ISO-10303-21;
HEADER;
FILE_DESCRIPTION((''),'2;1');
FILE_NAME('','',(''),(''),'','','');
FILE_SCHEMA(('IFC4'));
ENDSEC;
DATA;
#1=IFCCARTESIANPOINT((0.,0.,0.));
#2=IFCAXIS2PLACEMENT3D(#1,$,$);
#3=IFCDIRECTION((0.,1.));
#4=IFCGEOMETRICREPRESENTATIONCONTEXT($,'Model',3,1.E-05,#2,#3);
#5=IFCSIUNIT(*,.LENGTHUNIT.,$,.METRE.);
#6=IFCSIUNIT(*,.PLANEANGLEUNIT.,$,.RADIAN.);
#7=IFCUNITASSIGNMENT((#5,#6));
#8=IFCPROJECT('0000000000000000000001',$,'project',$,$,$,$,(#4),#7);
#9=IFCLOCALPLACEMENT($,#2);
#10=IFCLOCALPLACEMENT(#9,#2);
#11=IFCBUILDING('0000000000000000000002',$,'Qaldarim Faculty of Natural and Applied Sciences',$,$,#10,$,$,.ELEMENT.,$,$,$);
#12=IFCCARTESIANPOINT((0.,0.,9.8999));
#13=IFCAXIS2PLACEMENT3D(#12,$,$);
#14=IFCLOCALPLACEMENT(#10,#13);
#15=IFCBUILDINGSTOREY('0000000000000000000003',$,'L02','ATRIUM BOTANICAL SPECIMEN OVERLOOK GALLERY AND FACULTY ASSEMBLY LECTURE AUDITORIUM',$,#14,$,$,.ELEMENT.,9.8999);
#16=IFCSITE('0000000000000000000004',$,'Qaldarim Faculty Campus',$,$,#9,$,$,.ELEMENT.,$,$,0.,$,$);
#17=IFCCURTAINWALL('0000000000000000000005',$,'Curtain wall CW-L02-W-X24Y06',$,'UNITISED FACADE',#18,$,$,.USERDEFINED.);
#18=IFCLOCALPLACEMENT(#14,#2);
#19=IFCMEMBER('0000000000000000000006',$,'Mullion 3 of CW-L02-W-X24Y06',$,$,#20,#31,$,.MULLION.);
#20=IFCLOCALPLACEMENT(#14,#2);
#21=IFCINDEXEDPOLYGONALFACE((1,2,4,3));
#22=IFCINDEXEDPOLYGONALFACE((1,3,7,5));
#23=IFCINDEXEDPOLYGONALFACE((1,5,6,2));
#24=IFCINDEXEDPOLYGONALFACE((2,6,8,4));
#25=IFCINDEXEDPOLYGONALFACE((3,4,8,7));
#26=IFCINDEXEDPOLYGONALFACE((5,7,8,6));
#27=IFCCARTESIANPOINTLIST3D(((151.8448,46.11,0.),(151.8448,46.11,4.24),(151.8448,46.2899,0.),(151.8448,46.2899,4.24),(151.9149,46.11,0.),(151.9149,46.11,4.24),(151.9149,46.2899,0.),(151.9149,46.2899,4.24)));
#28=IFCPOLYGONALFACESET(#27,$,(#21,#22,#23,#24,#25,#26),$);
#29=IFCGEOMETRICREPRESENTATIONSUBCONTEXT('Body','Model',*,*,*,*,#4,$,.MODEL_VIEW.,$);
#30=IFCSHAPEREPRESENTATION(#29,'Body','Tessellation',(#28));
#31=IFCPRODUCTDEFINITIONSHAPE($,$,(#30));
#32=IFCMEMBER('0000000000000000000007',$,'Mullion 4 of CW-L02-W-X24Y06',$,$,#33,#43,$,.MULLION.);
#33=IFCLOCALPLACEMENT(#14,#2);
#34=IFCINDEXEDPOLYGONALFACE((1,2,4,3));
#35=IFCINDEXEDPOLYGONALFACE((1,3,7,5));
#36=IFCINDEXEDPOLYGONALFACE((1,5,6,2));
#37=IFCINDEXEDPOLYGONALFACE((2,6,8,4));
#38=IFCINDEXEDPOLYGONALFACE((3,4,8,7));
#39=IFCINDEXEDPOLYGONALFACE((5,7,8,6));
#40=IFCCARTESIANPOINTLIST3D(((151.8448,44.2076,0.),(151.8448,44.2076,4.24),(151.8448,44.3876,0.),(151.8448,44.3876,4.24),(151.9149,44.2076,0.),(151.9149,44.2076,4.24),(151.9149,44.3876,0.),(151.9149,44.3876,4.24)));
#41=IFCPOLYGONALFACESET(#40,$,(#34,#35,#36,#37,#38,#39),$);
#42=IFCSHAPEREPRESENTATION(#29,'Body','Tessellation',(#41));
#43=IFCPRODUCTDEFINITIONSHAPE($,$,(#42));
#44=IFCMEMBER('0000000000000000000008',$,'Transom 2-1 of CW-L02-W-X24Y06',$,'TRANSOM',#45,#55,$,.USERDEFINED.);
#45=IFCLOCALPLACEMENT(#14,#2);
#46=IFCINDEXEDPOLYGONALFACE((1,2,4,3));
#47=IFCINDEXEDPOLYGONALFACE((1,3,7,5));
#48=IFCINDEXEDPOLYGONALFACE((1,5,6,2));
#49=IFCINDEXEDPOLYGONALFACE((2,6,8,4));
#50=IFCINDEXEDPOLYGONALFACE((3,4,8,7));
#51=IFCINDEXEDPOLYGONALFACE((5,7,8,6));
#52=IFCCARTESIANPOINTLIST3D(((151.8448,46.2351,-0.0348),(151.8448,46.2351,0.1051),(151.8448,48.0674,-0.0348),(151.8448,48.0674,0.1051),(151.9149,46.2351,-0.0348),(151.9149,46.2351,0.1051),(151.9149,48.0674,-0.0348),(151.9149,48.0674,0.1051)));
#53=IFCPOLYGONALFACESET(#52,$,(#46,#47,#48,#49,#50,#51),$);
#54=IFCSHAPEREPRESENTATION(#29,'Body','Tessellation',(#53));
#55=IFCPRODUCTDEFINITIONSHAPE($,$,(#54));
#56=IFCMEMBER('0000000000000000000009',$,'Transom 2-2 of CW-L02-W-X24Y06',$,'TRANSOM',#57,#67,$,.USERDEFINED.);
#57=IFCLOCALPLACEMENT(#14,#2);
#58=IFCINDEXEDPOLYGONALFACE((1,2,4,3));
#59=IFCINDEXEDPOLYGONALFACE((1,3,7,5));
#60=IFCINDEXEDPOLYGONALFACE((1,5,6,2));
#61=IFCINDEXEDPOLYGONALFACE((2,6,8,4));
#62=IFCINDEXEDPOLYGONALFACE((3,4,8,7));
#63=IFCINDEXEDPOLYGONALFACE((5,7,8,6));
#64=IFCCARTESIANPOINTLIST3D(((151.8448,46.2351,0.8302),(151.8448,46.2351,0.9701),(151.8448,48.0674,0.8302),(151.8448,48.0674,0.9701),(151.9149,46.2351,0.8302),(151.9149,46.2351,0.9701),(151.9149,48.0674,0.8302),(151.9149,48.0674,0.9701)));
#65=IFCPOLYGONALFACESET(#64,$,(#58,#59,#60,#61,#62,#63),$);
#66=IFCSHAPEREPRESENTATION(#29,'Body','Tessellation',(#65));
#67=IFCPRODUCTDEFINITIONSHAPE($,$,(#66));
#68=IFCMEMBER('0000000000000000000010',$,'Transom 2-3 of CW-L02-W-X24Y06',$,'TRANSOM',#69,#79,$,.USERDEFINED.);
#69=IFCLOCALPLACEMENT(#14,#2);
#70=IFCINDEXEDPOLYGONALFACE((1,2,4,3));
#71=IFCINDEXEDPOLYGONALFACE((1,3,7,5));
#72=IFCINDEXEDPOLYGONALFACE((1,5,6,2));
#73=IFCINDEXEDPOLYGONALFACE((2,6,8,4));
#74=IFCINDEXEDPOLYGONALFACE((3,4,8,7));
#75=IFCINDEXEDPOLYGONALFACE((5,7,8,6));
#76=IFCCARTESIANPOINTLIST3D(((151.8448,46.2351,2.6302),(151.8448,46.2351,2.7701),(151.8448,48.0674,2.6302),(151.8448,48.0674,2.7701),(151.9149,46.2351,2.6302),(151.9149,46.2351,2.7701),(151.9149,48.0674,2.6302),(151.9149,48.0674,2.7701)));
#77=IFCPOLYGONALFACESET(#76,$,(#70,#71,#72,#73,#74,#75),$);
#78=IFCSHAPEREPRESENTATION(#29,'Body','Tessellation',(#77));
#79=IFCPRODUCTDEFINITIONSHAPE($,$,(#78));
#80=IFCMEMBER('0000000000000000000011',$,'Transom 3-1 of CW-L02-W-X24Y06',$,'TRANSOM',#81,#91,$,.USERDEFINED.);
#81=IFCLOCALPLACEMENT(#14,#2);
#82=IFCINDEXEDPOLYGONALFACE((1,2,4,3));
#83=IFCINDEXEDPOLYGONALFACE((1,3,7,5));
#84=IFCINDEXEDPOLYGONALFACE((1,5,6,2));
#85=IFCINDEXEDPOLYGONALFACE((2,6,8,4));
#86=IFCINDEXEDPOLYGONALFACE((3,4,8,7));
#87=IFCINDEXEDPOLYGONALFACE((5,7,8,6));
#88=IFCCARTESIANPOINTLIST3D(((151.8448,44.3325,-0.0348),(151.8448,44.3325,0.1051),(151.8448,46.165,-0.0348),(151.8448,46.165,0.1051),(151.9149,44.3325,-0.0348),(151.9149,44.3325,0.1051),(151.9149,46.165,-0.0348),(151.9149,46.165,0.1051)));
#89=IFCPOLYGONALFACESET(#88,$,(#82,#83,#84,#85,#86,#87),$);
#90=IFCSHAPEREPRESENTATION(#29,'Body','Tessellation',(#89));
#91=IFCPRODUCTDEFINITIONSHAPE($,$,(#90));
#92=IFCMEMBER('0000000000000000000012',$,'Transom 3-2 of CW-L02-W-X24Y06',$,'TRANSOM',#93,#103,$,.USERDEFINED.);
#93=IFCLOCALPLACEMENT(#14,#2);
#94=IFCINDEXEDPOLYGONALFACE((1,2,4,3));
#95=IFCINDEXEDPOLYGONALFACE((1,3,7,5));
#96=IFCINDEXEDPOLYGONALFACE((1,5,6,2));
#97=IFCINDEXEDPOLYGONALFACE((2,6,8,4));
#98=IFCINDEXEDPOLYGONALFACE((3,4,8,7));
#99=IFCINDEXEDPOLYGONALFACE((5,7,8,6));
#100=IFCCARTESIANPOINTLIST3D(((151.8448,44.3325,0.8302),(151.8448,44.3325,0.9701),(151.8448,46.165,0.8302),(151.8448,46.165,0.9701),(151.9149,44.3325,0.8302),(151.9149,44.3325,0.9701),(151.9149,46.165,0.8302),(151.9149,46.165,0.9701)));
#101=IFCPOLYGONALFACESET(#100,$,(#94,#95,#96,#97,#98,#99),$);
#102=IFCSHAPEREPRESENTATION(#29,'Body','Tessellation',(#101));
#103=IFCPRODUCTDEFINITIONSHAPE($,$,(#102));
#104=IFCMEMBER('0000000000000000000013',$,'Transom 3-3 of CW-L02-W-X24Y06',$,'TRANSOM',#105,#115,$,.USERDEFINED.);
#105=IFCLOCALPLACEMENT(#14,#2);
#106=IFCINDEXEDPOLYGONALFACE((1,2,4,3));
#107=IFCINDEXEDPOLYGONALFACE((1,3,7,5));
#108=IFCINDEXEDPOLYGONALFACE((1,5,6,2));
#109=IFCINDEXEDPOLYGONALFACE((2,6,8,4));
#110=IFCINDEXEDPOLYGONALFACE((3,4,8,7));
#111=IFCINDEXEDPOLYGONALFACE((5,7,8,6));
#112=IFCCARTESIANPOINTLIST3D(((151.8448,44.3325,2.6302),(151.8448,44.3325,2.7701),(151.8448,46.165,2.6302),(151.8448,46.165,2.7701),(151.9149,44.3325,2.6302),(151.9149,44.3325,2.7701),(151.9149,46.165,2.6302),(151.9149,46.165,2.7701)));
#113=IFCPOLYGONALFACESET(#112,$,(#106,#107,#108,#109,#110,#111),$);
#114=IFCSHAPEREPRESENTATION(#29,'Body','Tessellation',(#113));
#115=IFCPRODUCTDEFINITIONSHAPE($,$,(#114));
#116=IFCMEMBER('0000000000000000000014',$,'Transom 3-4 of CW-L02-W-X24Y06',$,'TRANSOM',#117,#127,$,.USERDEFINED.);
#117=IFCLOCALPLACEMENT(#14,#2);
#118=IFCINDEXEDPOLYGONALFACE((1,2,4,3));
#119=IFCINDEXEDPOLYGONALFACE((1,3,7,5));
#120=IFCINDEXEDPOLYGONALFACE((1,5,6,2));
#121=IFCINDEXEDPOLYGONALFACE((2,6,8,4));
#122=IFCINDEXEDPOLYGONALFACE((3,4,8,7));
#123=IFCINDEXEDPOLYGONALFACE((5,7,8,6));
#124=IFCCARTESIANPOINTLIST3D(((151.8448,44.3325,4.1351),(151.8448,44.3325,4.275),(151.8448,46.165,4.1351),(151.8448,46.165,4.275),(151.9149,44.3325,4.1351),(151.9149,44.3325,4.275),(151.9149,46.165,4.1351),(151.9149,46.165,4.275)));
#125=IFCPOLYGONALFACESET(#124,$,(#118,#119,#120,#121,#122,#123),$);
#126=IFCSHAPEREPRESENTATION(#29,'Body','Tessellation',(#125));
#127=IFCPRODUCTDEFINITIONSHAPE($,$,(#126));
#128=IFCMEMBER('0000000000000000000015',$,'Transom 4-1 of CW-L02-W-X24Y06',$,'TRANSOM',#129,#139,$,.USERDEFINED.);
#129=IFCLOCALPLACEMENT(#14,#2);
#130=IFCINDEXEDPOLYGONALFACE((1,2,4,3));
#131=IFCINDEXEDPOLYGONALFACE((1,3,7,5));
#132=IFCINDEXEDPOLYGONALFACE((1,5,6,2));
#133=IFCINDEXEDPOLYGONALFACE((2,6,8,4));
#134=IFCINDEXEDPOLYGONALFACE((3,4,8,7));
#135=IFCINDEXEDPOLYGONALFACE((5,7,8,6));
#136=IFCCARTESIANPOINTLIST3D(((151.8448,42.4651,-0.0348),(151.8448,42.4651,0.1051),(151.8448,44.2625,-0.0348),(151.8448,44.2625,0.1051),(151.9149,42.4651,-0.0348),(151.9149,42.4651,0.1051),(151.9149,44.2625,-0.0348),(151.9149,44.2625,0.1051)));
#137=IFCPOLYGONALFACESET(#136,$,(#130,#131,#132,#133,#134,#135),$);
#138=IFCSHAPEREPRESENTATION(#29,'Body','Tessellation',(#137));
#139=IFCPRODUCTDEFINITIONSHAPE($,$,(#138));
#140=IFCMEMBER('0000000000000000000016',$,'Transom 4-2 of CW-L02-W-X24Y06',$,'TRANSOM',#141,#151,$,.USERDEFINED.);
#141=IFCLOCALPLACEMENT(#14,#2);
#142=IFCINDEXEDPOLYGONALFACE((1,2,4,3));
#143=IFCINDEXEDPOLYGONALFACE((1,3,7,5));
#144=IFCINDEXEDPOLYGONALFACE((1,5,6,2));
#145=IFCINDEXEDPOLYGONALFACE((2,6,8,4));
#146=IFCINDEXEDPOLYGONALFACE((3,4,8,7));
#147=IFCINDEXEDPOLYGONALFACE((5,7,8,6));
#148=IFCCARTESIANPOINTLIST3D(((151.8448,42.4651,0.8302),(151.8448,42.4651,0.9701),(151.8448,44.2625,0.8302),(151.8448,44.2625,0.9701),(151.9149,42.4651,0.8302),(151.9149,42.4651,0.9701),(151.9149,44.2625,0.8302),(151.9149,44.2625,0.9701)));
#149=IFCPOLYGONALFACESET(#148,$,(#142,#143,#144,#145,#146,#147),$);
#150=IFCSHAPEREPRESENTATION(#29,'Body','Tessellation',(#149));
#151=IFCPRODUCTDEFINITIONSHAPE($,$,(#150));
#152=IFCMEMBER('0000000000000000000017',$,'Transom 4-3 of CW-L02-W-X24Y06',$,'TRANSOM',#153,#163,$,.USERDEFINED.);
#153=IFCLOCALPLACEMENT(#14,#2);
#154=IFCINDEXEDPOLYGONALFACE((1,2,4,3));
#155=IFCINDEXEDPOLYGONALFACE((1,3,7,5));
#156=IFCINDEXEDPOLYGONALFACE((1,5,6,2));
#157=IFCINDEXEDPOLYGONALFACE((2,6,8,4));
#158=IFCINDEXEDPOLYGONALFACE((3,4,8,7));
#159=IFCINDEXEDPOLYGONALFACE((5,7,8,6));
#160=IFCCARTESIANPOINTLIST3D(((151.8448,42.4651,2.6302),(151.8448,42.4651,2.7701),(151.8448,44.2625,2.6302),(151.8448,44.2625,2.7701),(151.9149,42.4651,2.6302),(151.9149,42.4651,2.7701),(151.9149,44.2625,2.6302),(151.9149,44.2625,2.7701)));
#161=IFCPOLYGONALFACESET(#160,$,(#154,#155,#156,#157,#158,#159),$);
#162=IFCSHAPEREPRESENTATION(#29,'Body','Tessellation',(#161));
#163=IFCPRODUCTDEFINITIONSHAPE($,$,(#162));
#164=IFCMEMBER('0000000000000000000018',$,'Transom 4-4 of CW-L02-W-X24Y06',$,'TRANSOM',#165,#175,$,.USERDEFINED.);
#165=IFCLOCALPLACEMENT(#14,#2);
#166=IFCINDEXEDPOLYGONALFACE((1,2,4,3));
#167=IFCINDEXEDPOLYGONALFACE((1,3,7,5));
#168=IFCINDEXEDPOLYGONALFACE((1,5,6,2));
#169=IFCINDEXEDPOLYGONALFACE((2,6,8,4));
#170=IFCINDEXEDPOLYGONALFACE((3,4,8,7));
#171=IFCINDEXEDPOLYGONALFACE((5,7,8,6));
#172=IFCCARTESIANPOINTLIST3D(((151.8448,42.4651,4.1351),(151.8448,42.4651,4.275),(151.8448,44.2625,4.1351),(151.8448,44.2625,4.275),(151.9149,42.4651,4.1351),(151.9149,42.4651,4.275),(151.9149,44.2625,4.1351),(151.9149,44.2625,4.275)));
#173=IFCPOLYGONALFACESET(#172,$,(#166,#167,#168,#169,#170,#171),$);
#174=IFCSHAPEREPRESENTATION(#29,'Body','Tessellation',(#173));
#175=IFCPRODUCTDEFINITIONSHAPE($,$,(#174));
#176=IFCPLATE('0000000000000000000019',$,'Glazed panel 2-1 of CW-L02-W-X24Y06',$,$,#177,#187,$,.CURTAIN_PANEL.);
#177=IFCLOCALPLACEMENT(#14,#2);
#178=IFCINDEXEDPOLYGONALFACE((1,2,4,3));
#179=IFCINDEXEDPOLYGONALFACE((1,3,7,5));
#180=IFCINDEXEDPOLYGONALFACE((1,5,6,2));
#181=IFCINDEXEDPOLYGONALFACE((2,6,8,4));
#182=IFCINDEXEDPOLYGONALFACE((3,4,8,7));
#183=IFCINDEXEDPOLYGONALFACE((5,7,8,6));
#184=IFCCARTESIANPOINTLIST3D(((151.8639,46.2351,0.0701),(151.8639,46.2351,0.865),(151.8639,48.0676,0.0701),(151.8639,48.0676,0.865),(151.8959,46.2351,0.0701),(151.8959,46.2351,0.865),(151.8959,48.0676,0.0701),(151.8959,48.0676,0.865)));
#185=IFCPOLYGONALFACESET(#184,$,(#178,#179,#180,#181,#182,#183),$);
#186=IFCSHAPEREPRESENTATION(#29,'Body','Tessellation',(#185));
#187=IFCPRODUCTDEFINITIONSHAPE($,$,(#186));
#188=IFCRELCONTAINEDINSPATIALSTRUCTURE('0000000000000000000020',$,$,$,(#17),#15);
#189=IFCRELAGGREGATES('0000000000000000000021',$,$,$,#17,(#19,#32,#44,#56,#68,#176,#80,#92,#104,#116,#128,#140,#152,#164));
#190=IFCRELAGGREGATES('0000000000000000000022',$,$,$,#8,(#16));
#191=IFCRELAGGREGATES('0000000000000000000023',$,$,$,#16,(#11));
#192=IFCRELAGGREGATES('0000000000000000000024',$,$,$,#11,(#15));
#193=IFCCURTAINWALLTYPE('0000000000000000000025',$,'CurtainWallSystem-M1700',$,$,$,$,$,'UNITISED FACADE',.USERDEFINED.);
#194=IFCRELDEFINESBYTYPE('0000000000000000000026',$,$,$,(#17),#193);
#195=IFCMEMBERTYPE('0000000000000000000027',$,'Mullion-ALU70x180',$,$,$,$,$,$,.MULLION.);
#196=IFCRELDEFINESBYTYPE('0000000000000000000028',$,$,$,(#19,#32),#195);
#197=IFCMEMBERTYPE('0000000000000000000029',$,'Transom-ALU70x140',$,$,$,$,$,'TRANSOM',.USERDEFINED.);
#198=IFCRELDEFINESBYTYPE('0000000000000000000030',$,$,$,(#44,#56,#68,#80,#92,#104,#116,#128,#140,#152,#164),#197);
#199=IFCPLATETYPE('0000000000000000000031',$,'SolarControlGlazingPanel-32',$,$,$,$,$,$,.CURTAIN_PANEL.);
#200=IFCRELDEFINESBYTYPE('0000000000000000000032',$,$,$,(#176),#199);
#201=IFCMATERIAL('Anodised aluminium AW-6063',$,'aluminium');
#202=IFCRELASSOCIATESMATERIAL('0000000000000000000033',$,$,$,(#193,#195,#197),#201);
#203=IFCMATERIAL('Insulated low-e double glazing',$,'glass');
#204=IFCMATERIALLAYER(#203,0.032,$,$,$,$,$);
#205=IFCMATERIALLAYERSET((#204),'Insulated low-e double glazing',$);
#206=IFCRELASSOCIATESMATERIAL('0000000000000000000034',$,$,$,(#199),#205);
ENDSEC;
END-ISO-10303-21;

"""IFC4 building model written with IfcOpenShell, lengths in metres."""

from ifc_helpers import new_model, si_unit, direction, frame, origin, origin_2d, place, context, subcontext, project, spatial, rectangle, extrude, material, layer, layer_set, material_profile, profile_set, type_object, element, aggregate, save


model = new_model("IFC4")

# Units and contexts
model_context = context("Model", 3, precision=1e-05, world=origin(), true_north=direction((0.0, 1.0)))
body_context = subcontext(model_context, "Body", "Model", "MODEL_VIEW")
ifc_project = project(units=[si_unit("LENGTHUNIT", "METRE"), si_unit("PLANEANGLEUNIT", "RADIAN")], contexts=[model_context])

# Site, building, storey
site_placement = place(None, origin())
site = spatial("IfcSite", under=ifc_project, at=site_placement, Name="Qaldarim Faculty Campus", CompositionType="ELEMENT", RefElevation=0.0)
building_placement = place(site_placement, origin())
building = spatial("IfcBuilding", under=site, at=building_placement, Name="Qaldarim Faculty of Natural and Applied Sciences", CompositionType="ELEMENT")
storey_placement = place(building_placement, frame((0.0, 0.0, 9.8999)))
storey = spatial("IfcBuildingStorey", under=building, at=storey_placement, Name="L02", Description="ATRIUM BOTANICAL SPECIMEN OVERLOOK GALLERY AND FACULTY ASSEMBLY LECTURE AUDITORIUM", CompositionType="ELEMENT", Elevation=9.8999)

# Curtain wall, members, plate
ifc_material_1 = material(Name="Anodised aluminium AW-6063", Category="aluminium")
curtain_wall_type = type_object("IfcCurtainWallType", Name="CurtainWallSystem-M1700", ElementType="UNITISED FACADE", PredefinedType="USERDEFINED", material=ifc_material_1)
curtain_wall_placement = place(storey_placement, origin())
curtain_wall = element("IfcCurtainWall", 1, at=curtain_wall_placement, inside=storey, type_object=curtain_wall_type, Name="Curtain wall CW-L02-W-X24Y06", ObjectType="UNITISED FACADE", PredefinedType="USERDEFINED")
ifc_material_profile_1 = material_profile(ifc_material_1, rectangle(XDim=0.0701, YDim=0.1799, at=origin_2d()), Name="ALU-M70x180")
ifc_profile_set_1 = profile_set([ifc_material_profile_1], Name="Anodised aluminium AW-6063")
member_type_1 = type_object("IfcMemberType", Name="Mullion-ALU70x180", PredefinedType="MULLION", material=ifc_profile_set_1)
member_1_placement = place(storey_placement, frame((151.8799, 46.2, 0.0), z_axis=(0.0, 0.0, 1.0), x_axis=(1.0, 0.0, 0.0)))
member_1 = element("IfcMember", 2, at=member_1_placement, type_object=member_type_1, Name="Mullion 3 of CW-L02-W-X24Y06", PredefinedType="MULLION", context=body_context, shape_type="SweptSolid", body=[
    extrude(rectangle(XDim=0.0701, YDim=0.1799, at=origin_2d()), origin(), (0.0, 0.0, 1.0), 4.24),
])
member_2_placement = place(storey_placement, frame((151.8799, 44.2976, 0.0), z_axis=(0.0, 0.0, 1.0), x_axis=(1.0, 0.0, 0.0)))
member_2 = element("IfcMember", 3, at=member_2_placement, type_object=member_type_1, Name="Mullion 4 of CW-L02-W-X24Y06", PredefinedType="MULLION", context=body_context, shape_type="SweptSolid", body=[
    extrude(rectangle(XDim=0.0701, YDim=0.1799, at=origin_2d()), origin(), (0.0, 0.0, 1.0), 4.24),
])
ifc_material_profile_2 = material_profile(ifc_material_1, rectangle(XDim=0.0701, YDim=0.1399, at=origin_2d()), Name="ALU-T70x140")
ifc_profile_set_2 = profile_set([ifc_material_profile_2], Name="Anodised aluminium AW-6063")
member_type_2 = type_object("IfcMemberType", Name="Transom-ALU70x140", ElementType="TRANSOM", PredefinedType="USERDEFINED", material=ifc_profile_set_2)
member_3_placement = place(storey_placement, frame((151.8799, 48.0674, 0.0352), z_axis=(0.0, -1.0, 0.0), x_axis=(1.0, 0.0, 0.0)))
member_3 = element("IfcMember", 4, at=member_3_placement, type_object=member_type_2, Name="Transom 2-1 of CW-L02-W-X24Y06", ObjectType="TRANSOM", PredefinedType="USERDEFINED", context=body_context, shape_type="SweptSolid", body=[
    extrude(rectangle(XDim=0.0701, YDim=0.1399, at=origin_2d()), origin(), (0.0, 0.0, 1.0), 1.8323),
])
member_4_placement = place(storey_placement, frame((151.8799, 48.0674, 0.9001), z_axis=(0.0, -1.0, 0.0), x_axis=(1.0, 0.0, 0.0)))
member_4 = element("IfcMember", 5, at=member_4_placement, type_object=member_type_2, Name="Transom 2-2 of CW-L02-W-X24Y06", ObjectType="TRANSOM", PredefinedType="USERDEFINED", context=body_context, shape_type="SweptSolid", body=[
    extrude(rectangle(XDim=0.0701, YDim=0.1399, at=origin_2d()), origin(), (0.0, 0.0, 1.0), 1.8323),
])
member_5_placement = place(storey_placement, frame((151.8799, 48.0674, 2.7002), z_axis=(0.0, -1.0, 0.0), x_axis=(1.0, 0.0, 0.0)))
member_5 = element("IfcMember", 6, at=member_5_placement, type_object=member_type_2, Name="Transom 2-3 of CW-L02-W-X24Y06", ObjectType="TRANSOM", PredefinedType="USERDEFINED", context=body_context, shape_type="SweptSolid", body=[
    extrude(rectangle(XDim=0.0701, YDim=0.1399, at=origin_2d()), origin(), (0.0, 0.0, 1.0), 1.8323),
])
member_6_placement = place(storey_placement, frame((151.8799, 46.165, 0.0352), z_axis=(0.0, -1.0, 0.0), x_axis=(1.0, 0.0, 0.0)))
member_6 = element("IfcMember", 7, at=member_6_placement, type_object=member_type_2, Name="Transom 3-1 of CW-L02-W-X24Y06", ObjectType="TRANSOM", PredefinedType="USERDEFINED", context=body_context, shape_type="SweptSolid", body=[
    extrude(rectangle(XDim=0.0701, YDim=0.1399, at=origin_2d()), origin(), (0.0, 0.0, 1.0), 1.8325),
])
member_7_placement = place(storey_placement, frame((151.8799, 46.165, 0.9001), z_axis=(0.0, -1.0, 0.0), x_axis=(1.0, 0.0, 0.0)))
member_7 = element("IfcMember", 8, at=member_7_placement, type_object=member_type_2, Name="Transom 3-2 of CW-L02-W-X24Y06", ObjectType="TRANSOM", PredefinedType="USERDEFINED", context=body_context, shape_type="SweptSolid", body=[
    extrude(rectangle(XDim=0.0701, YDim=0.1399, at=origin_2d()), origin(), (0.0, 0.0, 1.0), 1.8325),
])
member_8_placement = place(storey_placement, frame((151.8799, 46.165, 2.7002), z_axis=(0.0, -1.0, 0.0), x_axis=(1.0, 0.0, 0.0)))
member_8 = element("IfcMember", 9, at=member_8_placement, type_object=member_type_2, Name="Transom 3-3 of CW-L02-W-X24Y06", ObjectType="TRANSOM", PredefinedType="USERDEFINED", context=body_context, shape_type="SweptSolid", body=[
    extrude(rectangle(XDim=0.0701, YDim=0.1399, at=origin_2d()), origin(), (0.0, 0.0, 1.0), 1.8325),
])
member_9_placement = place(storey_placement, frame((151.8799, 46.165, 4.2051), z_axis=(0.0, -1.0, 0.0), x_axis=(1.0, 0.0, 0.0)))
member_9 = element("IfcMember", 10, at=member_9_placement, type_object=member_type_2, Name="Transom 3-4 of CW-L02-W-X24Y06", ObjectType="TRANSOM", PredefinedType="USERDEFINED", context=body_context, shape_type="SweptSolid", body=[
    extrude(rectangle(XDim=0.0701, YDim=0.1399, at=origin_2d()), origin(), (0.0, 0.0, 1.0), 1.8325),
])
member_10_placement = place(storey_placement, frame((151.8799, 44.2625, 0.0352), z_axis=(0.0, -1.0, 0.0), x_axis=(1.0, 0.0, 0.0)))
member_10 = element("IfcMember", 11, at=member_10_placement, type_object=member_type_2, Name="Transom 4-1 of CW-L02-W-X24Y06", ObjectType="TRANSOM", PredefinedType="USERDEFINED", context=body_context, shape_type="SweptSolid", body=[
    extrude(rectangle(XDim=0.0701, YDim=0.1399, at=origin_2d()), origin(), (0.0, 0.0, 1.0), 1.7974),
])
member_11_placement = place(storey_placement, frame((151.8799, 44.2625, 0.9001), z_axis=(0.0, -1.0, 0.0), x_axis=(1.0, 0.0, 0.0)))
member_11 = element("IfcMember", 12, at=member_11_placement, type_object=member_type_2, Name="Transom 4-2 of CW-L02-W-X24Y06", ObjectType="TRANSOM", PredefinedType="USERDEFINED", context=body_context, shape_type="SweptSolid", body=[
    extrude(rectangle(XDim=0.0701, YDim=0.1399, at=origin_2d()), origin(), (0.0, 0.0, 1.0), 1.7974),
])
member_12_placement = place(storey_placement, frame((151.8799, 44.2625, 2.7002), z_axis=(0.0, -1.0, 0.0), x_axis=(1.0, 0.0, 0.0)))
member_12 = element("IfcMember", 13, at=member_12_placement, type_object=member_type_2, Name="Transom 4-3 of CW-L02-W-X24Y06", ObjectType="TRANSOM", PredefinedType="USERDEFINED", context=body_context, shape_type="SweptSolid", body=[
    extrude(rectangle(XDim=0.0701, YDim=0.1399, at=origin_2d()), origin(), (0.0, 0.0, 1.0), 1.7974),
])
member_13_placement = place(storey_placement, frame((151.8799, 44.2625, 4.2051), z_axis=(0.0, -1.0, 0.0), x_axis=(1.0, 0.0, 0.0)))
member_13 = element("IfcMember", 14, at=member_13_placement, type_object=member_type_2, Name="Transom 4-4 of CW-L02-W-X24Y06", ObjectType="TRANSOM", PredefinedType="USERDEFINED", context=body_context, shape_type="SweptSolid", body=[
    extrude(rectangle(XDim=0.0701, YDim=0.1399, at=origin_2d()), origin(), (0.0, 0.0, 1.0), 1.7974),
])
ifc_material_2 = material(Name="Insulated low-e double glazing", Category="glass")
ifc_layer_1 = layer(ifc_material_2, 0.032)
ifc_layer_set_1 = layer_set([ifc_layer_1], Name="Insulated low-e double glazing")
plate_type = type_object("IfcPlateType", Name="SolarControlGlazingPanel-32", PredefinedType="CURTAIN_PANEL", material=ifc_layer_set_1)
plate_1_placement = place(storey_placement, frame((151.8799, 47.1514, 0.0701), z_axis=(0.0, 0.0, 1.0), x_axis=(0.0, -1.0, 0.0)))
plate_1 = element("IfcPlate", 15, at=plate_1_placement, type_object=plate_type, Name="Glazed panel 2-1 of CW-L02-W-X24Y06", PredefinedType="CURTAIN_PANEL", context=body_context, shape_type="SweptSolid", body=[
    extrude(rectangle(XDim=1.8325, YDim=0.032, at=origin_2d()), origin(), (0.0, 0.0, 1.0), 0.7949),
])
aggregate(curtain_wall, [member_1, member_2, member_3, member_4, member_5, plate_1, member_6, member_7, member_8, member_9, member_10, member_11, member_12, member_13])

save(model, "model.ifc")
